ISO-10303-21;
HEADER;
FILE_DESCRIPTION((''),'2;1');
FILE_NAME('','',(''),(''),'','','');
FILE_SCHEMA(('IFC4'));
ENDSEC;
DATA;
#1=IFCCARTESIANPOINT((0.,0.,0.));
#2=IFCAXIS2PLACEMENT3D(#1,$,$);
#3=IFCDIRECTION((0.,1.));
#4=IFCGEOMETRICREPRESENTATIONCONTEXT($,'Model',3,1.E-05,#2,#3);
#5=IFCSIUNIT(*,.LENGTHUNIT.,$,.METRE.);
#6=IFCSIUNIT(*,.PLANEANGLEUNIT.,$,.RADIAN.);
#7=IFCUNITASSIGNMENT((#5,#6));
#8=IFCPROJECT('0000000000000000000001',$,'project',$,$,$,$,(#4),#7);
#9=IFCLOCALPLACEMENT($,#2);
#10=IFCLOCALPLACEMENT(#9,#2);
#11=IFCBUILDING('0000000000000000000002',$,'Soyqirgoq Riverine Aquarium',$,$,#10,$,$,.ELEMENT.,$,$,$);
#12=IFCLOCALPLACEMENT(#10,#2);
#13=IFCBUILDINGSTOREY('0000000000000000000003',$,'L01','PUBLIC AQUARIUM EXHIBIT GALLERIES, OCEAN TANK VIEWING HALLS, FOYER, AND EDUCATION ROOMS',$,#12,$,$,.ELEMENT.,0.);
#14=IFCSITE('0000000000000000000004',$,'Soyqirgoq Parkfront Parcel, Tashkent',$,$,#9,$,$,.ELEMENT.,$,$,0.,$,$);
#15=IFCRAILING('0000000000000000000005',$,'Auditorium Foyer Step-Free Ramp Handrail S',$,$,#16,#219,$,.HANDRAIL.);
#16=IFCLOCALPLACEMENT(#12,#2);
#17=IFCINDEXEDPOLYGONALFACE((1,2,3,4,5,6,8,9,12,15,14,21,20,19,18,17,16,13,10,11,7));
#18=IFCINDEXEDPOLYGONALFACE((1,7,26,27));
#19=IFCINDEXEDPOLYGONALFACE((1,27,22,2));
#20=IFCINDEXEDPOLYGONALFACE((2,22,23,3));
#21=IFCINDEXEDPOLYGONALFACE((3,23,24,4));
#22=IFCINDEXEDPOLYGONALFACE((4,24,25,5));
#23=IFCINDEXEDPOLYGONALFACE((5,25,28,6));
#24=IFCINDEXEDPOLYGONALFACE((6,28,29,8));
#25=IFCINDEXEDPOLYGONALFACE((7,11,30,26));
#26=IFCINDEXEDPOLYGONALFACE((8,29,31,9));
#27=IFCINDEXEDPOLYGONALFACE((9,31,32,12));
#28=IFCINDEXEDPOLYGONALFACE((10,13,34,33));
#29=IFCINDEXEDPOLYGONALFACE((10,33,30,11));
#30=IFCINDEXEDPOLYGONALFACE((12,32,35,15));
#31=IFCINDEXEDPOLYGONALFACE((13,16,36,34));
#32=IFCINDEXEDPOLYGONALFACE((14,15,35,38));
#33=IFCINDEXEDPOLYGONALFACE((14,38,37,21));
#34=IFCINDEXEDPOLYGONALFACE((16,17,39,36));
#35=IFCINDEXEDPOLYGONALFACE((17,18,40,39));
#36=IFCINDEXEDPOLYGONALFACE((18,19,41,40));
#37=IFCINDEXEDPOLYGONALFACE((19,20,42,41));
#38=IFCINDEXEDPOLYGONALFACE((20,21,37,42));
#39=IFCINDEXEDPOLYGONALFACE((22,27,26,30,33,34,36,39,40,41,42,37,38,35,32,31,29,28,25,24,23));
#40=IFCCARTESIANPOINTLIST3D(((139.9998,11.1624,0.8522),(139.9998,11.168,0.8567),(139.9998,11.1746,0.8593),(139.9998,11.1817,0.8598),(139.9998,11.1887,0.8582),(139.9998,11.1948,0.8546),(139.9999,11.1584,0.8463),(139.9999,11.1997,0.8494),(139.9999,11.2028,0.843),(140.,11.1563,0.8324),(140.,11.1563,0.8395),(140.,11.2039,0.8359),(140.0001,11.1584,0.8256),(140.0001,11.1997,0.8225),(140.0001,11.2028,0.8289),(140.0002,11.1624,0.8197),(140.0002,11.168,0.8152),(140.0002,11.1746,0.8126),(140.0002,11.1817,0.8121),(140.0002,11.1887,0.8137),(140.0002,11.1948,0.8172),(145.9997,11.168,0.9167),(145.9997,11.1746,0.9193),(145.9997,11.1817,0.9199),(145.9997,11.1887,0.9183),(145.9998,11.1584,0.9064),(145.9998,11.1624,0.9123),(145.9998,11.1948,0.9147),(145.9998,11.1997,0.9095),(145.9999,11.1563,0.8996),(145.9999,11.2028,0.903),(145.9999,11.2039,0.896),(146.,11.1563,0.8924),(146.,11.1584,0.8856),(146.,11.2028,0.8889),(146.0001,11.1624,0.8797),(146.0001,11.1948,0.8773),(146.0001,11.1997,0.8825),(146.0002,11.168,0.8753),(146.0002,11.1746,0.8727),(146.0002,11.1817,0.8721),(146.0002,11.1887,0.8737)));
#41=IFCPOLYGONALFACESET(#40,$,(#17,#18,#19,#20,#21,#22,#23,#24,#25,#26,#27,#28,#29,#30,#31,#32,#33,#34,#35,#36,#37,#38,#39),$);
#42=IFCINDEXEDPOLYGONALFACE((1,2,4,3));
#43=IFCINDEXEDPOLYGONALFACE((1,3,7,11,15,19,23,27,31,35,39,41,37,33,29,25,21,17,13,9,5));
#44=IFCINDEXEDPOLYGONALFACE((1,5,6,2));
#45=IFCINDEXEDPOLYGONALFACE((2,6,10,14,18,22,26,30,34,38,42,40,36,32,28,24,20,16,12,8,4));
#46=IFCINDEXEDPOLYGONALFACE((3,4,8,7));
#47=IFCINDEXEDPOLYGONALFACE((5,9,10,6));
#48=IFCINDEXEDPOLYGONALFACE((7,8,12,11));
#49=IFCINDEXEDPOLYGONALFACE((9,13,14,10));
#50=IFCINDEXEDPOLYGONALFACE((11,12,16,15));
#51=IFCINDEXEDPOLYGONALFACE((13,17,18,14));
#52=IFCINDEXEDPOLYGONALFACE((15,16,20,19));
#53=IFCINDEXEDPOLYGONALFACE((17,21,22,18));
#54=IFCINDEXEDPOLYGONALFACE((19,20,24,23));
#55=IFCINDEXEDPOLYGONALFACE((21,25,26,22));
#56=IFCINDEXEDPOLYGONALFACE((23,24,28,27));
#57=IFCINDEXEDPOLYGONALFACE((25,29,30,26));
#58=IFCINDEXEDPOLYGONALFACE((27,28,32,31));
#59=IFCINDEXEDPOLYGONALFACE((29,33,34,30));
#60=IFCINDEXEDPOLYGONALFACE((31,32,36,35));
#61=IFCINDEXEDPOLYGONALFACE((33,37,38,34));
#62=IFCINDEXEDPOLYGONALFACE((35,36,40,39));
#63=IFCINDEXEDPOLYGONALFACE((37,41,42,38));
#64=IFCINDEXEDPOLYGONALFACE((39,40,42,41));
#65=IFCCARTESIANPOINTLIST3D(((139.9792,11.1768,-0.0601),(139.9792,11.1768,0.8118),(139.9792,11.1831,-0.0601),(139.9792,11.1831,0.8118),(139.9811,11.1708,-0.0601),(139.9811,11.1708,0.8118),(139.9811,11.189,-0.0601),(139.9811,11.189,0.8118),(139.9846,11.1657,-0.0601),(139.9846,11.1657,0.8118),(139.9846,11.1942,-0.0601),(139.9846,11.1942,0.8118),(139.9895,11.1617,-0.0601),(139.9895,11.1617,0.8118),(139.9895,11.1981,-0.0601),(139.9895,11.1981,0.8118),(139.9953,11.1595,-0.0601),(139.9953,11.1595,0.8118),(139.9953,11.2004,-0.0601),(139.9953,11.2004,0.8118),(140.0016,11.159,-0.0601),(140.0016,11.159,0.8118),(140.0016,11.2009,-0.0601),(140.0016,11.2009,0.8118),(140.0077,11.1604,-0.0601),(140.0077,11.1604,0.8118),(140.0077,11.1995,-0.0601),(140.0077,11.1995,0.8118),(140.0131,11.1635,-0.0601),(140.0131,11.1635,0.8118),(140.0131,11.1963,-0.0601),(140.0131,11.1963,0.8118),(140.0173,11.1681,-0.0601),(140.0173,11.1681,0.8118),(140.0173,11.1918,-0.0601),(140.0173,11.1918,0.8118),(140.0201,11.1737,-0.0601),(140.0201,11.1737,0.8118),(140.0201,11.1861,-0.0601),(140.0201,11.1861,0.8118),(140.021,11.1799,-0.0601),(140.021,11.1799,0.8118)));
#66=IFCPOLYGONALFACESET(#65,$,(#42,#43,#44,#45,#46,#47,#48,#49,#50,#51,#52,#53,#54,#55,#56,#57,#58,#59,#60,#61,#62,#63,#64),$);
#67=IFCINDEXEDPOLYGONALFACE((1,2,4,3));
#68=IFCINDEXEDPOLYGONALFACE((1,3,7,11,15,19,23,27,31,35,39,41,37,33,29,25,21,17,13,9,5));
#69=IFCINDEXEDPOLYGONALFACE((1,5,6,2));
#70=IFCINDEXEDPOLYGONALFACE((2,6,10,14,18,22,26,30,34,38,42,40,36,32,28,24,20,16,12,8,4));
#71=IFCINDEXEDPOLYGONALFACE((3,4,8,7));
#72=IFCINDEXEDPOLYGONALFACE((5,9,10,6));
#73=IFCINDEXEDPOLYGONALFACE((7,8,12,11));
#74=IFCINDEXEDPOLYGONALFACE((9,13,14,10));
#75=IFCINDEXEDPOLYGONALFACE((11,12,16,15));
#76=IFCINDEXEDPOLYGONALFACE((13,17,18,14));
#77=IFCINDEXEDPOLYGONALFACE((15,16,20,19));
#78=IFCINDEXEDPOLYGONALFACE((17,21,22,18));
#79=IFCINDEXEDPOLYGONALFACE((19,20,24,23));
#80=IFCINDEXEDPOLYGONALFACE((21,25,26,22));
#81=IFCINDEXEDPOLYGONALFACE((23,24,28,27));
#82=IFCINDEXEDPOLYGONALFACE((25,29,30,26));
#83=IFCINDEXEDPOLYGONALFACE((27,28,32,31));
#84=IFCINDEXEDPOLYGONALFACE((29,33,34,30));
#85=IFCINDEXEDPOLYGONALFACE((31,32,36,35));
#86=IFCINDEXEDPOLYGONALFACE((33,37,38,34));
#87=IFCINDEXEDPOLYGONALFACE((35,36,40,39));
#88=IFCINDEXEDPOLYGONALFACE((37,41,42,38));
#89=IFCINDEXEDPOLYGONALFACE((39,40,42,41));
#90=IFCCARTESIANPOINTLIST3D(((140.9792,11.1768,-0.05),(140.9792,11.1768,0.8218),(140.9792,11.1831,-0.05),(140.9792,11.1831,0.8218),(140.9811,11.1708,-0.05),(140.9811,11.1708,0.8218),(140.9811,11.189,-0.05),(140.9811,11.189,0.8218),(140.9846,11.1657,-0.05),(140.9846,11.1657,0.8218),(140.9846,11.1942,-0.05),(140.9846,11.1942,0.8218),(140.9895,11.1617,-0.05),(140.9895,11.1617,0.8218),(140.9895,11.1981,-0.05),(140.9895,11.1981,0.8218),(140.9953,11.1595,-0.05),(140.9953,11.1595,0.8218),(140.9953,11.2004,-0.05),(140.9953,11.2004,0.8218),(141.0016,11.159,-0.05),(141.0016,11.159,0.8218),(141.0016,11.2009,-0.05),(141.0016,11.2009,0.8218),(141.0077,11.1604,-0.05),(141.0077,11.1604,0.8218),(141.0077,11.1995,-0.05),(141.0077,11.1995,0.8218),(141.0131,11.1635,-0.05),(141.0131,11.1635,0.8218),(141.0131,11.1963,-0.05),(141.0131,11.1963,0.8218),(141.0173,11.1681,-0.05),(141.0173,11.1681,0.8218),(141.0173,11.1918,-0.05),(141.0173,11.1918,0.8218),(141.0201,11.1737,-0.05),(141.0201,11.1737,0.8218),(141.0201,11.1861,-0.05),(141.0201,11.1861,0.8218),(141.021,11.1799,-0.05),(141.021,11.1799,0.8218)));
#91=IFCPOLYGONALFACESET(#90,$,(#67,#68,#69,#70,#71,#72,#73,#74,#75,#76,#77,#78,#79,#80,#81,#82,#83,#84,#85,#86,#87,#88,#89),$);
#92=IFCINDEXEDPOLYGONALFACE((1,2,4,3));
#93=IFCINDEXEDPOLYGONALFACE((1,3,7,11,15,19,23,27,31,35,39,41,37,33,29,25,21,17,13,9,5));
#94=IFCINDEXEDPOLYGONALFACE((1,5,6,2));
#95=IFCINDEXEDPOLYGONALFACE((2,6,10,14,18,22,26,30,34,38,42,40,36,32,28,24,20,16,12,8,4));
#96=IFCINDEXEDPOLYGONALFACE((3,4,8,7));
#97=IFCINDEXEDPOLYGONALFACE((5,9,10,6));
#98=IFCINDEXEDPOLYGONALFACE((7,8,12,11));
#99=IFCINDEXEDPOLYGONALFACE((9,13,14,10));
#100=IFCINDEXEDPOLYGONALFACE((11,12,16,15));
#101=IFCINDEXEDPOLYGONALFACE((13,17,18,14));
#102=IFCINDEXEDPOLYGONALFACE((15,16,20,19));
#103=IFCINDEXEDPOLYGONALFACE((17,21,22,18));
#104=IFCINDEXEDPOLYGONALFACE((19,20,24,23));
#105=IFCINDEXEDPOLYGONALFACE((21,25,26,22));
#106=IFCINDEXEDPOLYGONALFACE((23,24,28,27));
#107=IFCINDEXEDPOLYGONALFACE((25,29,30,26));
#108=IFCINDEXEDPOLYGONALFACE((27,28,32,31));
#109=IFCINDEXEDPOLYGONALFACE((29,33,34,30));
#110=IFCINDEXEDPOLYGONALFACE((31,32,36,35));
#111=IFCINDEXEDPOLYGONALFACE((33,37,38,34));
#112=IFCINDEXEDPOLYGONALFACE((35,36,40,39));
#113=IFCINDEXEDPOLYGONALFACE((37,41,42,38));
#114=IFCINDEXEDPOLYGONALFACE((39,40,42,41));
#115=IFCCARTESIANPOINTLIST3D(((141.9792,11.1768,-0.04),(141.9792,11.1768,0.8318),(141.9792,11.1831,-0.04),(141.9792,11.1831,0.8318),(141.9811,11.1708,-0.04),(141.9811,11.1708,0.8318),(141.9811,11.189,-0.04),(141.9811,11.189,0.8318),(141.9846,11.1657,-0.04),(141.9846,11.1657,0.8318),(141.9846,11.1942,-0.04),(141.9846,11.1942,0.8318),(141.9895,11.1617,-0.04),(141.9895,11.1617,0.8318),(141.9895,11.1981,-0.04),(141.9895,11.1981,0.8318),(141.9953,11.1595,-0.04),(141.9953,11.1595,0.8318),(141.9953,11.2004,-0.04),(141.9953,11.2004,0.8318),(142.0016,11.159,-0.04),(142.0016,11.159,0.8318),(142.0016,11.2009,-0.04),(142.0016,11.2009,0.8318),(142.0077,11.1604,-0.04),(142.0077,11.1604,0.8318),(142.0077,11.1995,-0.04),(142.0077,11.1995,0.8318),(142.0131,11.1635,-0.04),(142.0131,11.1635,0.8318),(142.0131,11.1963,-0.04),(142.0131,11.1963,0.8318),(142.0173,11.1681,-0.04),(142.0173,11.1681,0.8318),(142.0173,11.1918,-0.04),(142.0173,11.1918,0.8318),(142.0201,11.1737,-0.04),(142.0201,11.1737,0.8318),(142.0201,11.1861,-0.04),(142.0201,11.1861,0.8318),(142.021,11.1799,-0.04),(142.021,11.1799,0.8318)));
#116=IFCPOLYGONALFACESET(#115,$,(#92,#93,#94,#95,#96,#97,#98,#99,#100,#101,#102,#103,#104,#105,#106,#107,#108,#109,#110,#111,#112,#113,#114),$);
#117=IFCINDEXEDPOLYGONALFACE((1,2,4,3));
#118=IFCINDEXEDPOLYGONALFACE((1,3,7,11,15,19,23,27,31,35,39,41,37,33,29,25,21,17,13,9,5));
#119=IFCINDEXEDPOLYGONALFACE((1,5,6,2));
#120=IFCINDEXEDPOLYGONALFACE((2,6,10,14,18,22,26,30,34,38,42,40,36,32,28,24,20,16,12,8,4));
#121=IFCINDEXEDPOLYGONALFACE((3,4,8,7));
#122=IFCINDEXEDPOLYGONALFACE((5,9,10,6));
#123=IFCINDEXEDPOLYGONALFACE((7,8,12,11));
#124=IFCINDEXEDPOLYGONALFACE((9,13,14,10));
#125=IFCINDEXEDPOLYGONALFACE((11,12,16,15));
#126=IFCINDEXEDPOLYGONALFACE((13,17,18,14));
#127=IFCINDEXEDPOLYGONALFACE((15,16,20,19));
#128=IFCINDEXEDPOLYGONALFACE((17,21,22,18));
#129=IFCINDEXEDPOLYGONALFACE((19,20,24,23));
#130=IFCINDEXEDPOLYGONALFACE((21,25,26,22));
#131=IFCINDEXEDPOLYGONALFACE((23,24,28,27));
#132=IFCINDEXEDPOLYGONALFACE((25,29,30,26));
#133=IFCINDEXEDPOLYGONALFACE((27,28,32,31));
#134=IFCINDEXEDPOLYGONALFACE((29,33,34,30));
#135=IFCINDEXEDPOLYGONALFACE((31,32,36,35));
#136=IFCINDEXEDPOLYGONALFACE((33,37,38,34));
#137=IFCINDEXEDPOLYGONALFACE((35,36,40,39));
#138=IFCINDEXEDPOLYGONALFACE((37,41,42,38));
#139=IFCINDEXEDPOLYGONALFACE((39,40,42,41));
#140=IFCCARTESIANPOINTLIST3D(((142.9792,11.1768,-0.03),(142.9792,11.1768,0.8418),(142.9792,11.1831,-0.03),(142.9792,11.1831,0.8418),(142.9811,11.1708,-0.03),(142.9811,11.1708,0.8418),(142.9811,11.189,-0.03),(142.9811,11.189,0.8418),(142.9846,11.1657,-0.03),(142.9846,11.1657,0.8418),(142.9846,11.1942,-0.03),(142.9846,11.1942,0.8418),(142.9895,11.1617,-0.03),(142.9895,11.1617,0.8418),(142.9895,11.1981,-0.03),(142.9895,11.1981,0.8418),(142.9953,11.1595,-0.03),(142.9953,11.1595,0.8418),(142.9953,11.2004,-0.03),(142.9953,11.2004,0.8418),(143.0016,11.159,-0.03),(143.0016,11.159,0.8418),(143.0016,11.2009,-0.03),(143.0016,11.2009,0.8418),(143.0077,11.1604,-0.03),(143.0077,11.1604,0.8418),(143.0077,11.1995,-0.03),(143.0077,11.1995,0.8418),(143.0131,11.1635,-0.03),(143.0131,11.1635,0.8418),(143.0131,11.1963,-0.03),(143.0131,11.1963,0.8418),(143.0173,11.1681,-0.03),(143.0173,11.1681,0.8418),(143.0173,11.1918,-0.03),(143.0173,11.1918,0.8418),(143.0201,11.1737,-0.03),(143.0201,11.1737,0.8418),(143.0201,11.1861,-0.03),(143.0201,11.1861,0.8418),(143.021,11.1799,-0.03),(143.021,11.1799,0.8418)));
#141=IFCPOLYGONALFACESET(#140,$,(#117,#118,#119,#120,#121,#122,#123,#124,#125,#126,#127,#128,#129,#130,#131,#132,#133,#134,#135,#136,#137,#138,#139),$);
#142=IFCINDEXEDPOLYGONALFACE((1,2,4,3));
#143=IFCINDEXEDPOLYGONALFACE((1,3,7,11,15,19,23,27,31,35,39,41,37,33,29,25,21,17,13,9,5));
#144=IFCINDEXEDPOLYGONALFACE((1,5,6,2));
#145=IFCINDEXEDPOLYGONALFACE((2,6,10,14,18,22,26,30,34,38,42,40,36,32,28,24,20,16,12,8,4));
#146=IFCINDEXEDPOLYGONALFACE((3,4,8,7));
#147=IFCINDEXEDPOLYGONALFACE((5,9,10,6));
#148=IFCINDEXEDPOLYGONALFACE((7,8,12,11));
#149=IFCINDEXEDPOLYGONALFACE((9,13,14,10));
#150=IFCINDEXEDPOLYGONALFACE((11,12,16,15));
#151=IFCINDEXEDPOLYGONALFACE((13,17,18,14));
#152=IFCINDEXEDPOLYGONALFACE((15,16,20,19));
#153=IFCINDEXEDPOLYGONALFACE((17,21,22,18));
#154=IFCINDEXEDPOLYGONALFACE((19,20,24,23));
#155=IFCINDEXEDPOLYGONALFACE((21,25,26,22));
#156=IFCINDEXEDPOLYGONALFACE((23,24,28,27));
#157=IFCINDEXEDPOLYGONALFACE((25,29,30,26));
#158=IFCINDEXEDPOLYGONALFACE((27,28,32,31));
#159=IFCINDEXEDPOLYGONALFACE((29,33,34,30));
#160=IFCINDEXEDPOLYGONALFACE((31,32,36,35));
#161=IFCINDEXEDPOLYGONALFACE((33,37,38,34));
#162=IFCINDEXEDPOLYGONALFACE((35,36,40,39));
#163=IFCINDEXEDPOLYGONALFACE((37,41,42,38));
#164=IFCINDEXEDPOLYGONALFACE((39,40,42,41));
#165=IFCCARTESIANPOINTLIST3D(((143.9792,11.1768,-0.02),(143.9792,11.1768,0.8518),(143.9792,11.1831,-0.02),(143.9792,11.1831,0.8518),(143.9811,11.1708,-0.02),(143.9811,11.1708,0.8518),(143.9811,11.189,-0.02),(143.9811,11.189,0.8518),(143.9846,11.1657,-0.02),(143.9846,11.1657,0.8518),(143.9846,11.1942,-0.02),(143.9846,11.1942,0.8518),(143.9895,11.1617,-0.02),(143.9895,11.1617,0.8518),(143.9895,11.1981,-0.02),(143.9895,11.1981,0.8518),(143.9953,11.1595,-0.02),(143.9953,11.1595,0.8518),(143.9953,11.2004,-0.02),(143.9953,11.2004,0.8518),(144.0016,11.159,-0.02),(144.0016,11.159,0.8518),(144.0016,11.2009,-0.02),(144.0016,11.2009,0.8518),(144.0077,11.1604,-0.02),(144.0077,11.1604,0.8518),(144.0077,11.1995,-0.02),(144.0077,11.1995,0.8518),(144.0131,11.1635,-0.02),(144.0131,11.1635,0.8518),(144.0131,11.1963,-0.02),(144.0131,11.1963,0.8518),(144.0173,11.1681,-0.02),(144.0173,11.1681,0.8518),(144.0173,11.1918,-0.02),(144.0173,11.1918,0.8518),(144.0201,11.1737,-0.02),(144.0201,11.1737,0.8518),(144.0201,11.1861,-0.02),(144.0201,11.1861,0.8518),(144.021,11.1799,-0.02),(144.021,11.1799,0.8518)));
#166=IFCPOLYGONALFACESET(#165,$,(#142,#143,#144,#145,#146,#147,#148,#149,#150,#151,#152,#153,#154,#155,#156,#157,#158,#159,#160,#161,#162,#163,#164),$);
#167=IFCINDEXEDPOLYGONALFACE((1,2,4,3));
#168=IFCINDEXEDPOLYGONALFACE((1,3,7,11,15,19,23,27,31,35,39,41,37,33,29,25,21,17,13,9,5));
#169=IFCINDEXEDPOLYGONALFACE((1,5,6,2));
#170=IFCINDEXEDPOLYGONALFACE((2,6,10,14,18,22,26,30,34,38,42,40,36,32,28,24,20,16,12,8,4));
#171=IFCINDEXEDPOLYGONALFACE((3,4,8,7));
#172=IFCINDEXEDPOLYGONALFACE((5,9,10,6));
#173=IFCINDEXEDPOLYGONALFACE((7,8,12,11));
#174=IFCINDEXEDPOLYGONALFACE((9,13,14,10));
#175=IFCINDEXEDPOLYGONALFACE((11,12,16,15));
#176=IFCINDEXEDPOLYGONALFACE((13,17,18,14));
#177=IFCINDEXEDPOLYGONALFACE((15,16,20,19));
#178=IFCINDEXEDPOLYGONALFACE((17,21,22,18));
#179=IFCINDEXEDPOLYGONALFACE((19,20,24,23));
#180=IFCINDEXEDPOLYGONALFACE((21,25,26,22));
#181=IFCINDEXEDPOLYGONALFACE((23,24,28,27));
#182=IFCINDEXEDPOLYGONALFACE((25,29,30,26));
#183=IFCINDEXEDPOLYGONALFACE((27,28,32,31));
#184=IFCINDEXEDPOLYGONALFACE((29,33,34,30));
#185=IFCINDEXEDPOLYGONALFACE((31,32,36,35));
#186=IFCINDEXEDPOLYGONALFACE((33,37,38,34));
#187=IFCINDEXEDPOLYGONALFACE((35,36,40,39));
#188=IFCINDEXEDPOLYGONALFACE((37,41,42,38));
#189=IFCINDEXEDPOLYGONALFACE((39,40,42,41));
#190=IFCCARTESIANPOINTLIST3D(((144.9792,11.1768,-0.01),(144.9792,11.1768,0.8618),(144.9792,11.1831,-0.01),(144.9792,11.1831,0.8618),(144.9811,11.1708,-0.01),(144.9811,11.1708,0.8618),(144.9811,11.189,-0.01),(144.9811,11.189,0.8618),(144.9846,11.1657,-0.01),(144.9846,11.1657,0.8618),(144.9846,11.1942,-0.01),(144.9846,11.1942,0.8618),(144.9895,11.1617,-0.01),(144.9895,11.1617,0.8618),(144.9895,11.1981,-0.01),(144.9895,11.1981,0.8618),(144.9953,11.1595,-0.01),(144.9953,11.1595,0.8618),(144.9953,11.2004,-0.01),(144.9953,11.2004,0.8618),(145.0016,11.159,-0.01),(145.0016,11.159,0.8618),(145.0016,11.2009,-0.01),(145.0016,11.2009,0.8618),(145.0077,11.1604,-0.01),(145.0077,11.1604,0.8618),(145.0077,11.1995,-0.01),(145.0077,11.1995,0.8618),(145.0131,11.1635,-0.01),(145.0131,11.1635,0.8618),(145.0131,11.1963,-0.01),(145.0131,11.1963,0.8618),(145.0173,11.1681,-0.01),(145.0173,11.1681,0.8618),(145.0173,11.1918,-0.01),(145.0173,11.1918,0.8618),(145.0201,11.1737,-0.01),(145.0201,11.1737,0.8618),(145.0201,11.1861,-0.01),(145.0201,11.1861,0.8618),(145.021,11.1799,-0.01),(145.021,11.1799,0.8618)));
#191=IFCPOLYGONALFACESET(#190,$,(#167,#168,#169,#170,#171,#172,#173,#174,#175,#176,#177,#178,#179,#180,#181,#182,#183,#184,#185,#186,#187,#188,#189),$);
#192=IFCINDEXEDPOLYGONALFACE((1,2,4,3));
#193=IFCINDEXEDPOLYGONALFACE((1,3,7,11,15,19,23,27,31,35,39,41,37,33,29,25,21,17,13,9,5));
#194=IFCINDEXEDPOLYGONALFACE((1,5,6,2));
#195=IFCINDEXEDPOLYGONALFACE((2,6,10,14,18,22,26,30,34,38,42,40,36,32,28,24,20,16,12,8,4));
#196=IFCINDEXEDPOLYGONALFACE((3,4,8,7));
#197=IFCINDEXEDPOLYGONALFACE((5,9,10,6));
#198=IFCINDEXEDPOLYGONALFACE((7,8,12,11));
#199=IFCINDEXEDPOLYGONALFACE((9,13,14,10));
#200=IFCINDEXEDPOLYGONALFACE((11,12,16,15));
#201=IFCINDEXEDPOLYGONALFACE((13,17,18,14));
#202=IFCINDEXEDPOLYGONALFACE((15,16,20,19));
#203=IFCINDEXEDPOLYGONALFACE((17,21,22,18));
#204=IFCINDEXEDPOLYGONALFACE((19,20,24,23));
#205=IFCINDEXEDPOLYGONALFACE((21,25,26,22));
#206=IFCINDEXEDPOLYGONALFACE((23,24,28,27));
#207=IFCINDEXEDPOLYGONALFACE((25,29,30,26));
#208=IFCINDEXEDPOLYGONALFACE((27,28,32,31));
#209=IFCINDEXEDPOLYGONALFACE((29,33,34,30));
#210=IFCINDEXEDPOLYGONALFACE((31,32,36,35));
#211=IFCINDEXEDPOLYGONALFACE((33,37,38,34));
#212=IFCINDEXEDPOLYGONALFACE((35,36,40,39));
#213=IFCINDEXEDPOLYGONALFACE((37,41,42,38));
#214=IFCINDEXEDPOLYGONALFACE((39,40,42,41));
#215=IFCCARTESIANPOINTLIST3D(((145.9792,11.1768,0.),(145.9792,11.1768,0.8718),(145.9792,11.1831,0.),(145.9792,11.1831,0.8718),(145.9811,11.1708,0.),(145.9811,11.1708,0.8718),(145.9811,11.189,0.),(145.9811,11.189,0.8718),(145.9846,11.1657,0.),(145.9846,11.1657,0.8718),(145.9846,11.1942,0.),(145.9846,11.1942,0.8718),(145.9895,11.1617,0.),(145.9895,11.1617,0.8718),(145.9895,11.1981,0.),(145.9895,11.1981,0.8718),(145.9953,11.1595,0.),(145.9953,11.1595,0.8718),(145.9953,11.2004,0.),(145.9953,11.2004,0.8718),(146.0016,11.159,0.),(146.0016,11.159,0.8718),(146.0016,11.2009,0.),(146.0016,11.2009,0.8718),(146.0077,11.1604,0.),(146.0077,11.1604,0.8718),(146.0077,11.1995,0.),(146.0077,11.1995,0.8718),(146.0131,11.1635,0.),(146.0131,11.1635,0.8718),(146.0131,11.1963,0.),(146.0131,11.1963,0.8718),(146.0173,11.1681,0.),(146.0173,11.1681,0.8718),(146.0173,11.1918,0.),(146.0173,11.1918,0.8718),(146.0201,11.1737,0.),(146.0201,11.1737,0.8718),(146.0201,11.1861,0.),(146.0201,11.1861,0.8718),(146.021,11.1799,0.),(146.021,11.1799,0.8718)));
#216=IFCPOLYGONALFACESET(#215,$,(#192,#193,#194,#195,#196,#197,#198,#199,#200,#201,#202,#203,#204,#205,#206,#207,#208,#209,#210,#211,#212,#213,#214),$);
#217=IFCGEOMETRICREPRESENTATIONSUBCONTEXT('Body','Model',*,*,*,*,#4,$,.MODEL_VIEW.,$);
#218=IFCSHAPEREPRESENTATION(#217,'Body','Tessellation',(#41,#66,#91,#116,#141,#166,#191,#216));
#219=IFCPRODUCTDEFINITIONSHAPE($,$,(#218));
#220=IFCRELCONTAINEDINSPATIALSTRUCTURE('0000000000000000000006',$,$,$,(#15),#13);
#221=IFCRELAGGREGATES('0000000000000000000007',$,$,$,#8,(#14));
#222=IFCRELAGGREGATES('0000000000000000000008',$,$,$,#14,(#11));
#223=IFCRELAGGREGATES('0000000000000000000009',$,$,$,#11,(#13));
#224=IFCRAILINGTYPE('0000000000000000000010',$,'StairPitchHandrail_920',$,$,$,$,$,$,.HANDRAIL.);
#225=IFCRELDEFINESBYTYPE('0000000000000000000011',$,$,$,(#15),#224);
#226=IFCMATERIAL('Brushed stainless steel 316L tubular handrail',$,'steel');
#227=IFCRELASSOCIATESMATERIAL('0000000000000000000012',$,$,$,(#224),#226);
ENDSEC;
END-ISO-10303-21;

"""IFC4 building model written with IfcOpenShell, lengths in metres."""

from ifc_helpers import new_model, si_unit, direction, frame, origin, origin_2d, place, context, subcontext, project, spatial, circle, extrude, material, type_object, element, save


model = new_model("IFC4")

# Units and contexts
model_context = context("Model", 3, precision=1e-05, world=origin(), true_north=direction((0.0, 1.0)))
body_context = subcontext(model_context, "Body", "Model", "MODEL_VIEW")
ifc_project = project(units=[si_unit("LENGTHUNIT", "METRE"), si_unit("PLANEANGLEUNIT", "RADIAN")], contexts=[model_context])

# Site, building, storey
site_placement = place(None, origin())
site = spatial("IfcSite", under=ifc_project, at=site_placement, Name="Soyqirgoq Parkfront Parcel, Tashkent", CompositionType="ELEMENT", RefElevation=0.0)
building_placement = place(site_placement, origin())
building = spatial("IfcBuilding", under=site, at=building_placement, Name="Soyqirgoq Riverine Aquarium", CompositionType="ELEMENT")
storey_placement = place(building_placement, origin())
storey = spatial("IfcBuildingStorey", under=building, at=storey_placement, Name="L01", Description="PUBLIC AQUARIUM EXHIBIT GALLERIES, OCEAN TANK VIEWING HALLS, FOYER, AND EDUCATION ROOMS", CompositionType="ELEMENT", Elevation=0.0)

# Railing
ifc_material_1 = material(Name="Brushed stainless steel 316L tubular handrail", Category="steel")
railing_type_1 = type_object("IfcRailingType", Name="StairPitchHandrail_920", PredefinedType="HANDRAIL", material=ifc_material_1)
for number, where, name in (
    (1, (140.0, 11.1799, -0.0601), "Auditorium Foyer Step-Free Ramp Handrail S"),
):
    element("IfcRailing", number, at=place(storey_placement, frame(where)), inside=storey, type_object=railing_type_1, Name=name, PredefinedType="HANDRAIL", context=body_context, shape_type="SweptSolid", body=[
        extrude(circle(Radius=0.0239, at=origin_2d()), frame((0.0, 0.0, 0.896), z_axis=(0.99995, 0.0, 0.010009), x_axis=(0.0, 1.0, 0.0)), (0.0, 0.0, 1.0), 6.0002),
        extrude(circle(Radius=0.021, at=origin_2d()), origin(), (0.0, 0.0, 1.0), 0.8718),
        extrude(circle(Radius=0.021, at=origin_2d()), frame((1.0, 0.0, 0.01)), (0.0, 0.0, 1.0), 0.8718),
        extrude(circle(Radius=0.021, at=origin_2d()), frame((2.0, 0.0, 0.02)), (0.0, 0.0, 1.0), 0.8718),
        extrude(circle(Radius=0.021, at=origin_2d()), frame((3.0, 0.0, 0.03)), (0.0, 0.0, 1.0), 0.8718),
        extrude(circle(Radius=0.021, at=origin_2d()), frame((4.0, 0.0, 0.04)), (0.0, 0.0, 1.0), 0.8718),
        extrude(circle(Radius=0.021, at=origin_2d()), frame((5.0, 0.0, 0.05)), (0.0, 0.0, 1.0), 0.8718),
        extrude(circle(Radius=0.021, at=origin_2d()), frame((6.0, 0.0, 0.0601)), (0.0, 0.0, 1.0), 0.8718),
    ])

save(model, "model.ifc")
